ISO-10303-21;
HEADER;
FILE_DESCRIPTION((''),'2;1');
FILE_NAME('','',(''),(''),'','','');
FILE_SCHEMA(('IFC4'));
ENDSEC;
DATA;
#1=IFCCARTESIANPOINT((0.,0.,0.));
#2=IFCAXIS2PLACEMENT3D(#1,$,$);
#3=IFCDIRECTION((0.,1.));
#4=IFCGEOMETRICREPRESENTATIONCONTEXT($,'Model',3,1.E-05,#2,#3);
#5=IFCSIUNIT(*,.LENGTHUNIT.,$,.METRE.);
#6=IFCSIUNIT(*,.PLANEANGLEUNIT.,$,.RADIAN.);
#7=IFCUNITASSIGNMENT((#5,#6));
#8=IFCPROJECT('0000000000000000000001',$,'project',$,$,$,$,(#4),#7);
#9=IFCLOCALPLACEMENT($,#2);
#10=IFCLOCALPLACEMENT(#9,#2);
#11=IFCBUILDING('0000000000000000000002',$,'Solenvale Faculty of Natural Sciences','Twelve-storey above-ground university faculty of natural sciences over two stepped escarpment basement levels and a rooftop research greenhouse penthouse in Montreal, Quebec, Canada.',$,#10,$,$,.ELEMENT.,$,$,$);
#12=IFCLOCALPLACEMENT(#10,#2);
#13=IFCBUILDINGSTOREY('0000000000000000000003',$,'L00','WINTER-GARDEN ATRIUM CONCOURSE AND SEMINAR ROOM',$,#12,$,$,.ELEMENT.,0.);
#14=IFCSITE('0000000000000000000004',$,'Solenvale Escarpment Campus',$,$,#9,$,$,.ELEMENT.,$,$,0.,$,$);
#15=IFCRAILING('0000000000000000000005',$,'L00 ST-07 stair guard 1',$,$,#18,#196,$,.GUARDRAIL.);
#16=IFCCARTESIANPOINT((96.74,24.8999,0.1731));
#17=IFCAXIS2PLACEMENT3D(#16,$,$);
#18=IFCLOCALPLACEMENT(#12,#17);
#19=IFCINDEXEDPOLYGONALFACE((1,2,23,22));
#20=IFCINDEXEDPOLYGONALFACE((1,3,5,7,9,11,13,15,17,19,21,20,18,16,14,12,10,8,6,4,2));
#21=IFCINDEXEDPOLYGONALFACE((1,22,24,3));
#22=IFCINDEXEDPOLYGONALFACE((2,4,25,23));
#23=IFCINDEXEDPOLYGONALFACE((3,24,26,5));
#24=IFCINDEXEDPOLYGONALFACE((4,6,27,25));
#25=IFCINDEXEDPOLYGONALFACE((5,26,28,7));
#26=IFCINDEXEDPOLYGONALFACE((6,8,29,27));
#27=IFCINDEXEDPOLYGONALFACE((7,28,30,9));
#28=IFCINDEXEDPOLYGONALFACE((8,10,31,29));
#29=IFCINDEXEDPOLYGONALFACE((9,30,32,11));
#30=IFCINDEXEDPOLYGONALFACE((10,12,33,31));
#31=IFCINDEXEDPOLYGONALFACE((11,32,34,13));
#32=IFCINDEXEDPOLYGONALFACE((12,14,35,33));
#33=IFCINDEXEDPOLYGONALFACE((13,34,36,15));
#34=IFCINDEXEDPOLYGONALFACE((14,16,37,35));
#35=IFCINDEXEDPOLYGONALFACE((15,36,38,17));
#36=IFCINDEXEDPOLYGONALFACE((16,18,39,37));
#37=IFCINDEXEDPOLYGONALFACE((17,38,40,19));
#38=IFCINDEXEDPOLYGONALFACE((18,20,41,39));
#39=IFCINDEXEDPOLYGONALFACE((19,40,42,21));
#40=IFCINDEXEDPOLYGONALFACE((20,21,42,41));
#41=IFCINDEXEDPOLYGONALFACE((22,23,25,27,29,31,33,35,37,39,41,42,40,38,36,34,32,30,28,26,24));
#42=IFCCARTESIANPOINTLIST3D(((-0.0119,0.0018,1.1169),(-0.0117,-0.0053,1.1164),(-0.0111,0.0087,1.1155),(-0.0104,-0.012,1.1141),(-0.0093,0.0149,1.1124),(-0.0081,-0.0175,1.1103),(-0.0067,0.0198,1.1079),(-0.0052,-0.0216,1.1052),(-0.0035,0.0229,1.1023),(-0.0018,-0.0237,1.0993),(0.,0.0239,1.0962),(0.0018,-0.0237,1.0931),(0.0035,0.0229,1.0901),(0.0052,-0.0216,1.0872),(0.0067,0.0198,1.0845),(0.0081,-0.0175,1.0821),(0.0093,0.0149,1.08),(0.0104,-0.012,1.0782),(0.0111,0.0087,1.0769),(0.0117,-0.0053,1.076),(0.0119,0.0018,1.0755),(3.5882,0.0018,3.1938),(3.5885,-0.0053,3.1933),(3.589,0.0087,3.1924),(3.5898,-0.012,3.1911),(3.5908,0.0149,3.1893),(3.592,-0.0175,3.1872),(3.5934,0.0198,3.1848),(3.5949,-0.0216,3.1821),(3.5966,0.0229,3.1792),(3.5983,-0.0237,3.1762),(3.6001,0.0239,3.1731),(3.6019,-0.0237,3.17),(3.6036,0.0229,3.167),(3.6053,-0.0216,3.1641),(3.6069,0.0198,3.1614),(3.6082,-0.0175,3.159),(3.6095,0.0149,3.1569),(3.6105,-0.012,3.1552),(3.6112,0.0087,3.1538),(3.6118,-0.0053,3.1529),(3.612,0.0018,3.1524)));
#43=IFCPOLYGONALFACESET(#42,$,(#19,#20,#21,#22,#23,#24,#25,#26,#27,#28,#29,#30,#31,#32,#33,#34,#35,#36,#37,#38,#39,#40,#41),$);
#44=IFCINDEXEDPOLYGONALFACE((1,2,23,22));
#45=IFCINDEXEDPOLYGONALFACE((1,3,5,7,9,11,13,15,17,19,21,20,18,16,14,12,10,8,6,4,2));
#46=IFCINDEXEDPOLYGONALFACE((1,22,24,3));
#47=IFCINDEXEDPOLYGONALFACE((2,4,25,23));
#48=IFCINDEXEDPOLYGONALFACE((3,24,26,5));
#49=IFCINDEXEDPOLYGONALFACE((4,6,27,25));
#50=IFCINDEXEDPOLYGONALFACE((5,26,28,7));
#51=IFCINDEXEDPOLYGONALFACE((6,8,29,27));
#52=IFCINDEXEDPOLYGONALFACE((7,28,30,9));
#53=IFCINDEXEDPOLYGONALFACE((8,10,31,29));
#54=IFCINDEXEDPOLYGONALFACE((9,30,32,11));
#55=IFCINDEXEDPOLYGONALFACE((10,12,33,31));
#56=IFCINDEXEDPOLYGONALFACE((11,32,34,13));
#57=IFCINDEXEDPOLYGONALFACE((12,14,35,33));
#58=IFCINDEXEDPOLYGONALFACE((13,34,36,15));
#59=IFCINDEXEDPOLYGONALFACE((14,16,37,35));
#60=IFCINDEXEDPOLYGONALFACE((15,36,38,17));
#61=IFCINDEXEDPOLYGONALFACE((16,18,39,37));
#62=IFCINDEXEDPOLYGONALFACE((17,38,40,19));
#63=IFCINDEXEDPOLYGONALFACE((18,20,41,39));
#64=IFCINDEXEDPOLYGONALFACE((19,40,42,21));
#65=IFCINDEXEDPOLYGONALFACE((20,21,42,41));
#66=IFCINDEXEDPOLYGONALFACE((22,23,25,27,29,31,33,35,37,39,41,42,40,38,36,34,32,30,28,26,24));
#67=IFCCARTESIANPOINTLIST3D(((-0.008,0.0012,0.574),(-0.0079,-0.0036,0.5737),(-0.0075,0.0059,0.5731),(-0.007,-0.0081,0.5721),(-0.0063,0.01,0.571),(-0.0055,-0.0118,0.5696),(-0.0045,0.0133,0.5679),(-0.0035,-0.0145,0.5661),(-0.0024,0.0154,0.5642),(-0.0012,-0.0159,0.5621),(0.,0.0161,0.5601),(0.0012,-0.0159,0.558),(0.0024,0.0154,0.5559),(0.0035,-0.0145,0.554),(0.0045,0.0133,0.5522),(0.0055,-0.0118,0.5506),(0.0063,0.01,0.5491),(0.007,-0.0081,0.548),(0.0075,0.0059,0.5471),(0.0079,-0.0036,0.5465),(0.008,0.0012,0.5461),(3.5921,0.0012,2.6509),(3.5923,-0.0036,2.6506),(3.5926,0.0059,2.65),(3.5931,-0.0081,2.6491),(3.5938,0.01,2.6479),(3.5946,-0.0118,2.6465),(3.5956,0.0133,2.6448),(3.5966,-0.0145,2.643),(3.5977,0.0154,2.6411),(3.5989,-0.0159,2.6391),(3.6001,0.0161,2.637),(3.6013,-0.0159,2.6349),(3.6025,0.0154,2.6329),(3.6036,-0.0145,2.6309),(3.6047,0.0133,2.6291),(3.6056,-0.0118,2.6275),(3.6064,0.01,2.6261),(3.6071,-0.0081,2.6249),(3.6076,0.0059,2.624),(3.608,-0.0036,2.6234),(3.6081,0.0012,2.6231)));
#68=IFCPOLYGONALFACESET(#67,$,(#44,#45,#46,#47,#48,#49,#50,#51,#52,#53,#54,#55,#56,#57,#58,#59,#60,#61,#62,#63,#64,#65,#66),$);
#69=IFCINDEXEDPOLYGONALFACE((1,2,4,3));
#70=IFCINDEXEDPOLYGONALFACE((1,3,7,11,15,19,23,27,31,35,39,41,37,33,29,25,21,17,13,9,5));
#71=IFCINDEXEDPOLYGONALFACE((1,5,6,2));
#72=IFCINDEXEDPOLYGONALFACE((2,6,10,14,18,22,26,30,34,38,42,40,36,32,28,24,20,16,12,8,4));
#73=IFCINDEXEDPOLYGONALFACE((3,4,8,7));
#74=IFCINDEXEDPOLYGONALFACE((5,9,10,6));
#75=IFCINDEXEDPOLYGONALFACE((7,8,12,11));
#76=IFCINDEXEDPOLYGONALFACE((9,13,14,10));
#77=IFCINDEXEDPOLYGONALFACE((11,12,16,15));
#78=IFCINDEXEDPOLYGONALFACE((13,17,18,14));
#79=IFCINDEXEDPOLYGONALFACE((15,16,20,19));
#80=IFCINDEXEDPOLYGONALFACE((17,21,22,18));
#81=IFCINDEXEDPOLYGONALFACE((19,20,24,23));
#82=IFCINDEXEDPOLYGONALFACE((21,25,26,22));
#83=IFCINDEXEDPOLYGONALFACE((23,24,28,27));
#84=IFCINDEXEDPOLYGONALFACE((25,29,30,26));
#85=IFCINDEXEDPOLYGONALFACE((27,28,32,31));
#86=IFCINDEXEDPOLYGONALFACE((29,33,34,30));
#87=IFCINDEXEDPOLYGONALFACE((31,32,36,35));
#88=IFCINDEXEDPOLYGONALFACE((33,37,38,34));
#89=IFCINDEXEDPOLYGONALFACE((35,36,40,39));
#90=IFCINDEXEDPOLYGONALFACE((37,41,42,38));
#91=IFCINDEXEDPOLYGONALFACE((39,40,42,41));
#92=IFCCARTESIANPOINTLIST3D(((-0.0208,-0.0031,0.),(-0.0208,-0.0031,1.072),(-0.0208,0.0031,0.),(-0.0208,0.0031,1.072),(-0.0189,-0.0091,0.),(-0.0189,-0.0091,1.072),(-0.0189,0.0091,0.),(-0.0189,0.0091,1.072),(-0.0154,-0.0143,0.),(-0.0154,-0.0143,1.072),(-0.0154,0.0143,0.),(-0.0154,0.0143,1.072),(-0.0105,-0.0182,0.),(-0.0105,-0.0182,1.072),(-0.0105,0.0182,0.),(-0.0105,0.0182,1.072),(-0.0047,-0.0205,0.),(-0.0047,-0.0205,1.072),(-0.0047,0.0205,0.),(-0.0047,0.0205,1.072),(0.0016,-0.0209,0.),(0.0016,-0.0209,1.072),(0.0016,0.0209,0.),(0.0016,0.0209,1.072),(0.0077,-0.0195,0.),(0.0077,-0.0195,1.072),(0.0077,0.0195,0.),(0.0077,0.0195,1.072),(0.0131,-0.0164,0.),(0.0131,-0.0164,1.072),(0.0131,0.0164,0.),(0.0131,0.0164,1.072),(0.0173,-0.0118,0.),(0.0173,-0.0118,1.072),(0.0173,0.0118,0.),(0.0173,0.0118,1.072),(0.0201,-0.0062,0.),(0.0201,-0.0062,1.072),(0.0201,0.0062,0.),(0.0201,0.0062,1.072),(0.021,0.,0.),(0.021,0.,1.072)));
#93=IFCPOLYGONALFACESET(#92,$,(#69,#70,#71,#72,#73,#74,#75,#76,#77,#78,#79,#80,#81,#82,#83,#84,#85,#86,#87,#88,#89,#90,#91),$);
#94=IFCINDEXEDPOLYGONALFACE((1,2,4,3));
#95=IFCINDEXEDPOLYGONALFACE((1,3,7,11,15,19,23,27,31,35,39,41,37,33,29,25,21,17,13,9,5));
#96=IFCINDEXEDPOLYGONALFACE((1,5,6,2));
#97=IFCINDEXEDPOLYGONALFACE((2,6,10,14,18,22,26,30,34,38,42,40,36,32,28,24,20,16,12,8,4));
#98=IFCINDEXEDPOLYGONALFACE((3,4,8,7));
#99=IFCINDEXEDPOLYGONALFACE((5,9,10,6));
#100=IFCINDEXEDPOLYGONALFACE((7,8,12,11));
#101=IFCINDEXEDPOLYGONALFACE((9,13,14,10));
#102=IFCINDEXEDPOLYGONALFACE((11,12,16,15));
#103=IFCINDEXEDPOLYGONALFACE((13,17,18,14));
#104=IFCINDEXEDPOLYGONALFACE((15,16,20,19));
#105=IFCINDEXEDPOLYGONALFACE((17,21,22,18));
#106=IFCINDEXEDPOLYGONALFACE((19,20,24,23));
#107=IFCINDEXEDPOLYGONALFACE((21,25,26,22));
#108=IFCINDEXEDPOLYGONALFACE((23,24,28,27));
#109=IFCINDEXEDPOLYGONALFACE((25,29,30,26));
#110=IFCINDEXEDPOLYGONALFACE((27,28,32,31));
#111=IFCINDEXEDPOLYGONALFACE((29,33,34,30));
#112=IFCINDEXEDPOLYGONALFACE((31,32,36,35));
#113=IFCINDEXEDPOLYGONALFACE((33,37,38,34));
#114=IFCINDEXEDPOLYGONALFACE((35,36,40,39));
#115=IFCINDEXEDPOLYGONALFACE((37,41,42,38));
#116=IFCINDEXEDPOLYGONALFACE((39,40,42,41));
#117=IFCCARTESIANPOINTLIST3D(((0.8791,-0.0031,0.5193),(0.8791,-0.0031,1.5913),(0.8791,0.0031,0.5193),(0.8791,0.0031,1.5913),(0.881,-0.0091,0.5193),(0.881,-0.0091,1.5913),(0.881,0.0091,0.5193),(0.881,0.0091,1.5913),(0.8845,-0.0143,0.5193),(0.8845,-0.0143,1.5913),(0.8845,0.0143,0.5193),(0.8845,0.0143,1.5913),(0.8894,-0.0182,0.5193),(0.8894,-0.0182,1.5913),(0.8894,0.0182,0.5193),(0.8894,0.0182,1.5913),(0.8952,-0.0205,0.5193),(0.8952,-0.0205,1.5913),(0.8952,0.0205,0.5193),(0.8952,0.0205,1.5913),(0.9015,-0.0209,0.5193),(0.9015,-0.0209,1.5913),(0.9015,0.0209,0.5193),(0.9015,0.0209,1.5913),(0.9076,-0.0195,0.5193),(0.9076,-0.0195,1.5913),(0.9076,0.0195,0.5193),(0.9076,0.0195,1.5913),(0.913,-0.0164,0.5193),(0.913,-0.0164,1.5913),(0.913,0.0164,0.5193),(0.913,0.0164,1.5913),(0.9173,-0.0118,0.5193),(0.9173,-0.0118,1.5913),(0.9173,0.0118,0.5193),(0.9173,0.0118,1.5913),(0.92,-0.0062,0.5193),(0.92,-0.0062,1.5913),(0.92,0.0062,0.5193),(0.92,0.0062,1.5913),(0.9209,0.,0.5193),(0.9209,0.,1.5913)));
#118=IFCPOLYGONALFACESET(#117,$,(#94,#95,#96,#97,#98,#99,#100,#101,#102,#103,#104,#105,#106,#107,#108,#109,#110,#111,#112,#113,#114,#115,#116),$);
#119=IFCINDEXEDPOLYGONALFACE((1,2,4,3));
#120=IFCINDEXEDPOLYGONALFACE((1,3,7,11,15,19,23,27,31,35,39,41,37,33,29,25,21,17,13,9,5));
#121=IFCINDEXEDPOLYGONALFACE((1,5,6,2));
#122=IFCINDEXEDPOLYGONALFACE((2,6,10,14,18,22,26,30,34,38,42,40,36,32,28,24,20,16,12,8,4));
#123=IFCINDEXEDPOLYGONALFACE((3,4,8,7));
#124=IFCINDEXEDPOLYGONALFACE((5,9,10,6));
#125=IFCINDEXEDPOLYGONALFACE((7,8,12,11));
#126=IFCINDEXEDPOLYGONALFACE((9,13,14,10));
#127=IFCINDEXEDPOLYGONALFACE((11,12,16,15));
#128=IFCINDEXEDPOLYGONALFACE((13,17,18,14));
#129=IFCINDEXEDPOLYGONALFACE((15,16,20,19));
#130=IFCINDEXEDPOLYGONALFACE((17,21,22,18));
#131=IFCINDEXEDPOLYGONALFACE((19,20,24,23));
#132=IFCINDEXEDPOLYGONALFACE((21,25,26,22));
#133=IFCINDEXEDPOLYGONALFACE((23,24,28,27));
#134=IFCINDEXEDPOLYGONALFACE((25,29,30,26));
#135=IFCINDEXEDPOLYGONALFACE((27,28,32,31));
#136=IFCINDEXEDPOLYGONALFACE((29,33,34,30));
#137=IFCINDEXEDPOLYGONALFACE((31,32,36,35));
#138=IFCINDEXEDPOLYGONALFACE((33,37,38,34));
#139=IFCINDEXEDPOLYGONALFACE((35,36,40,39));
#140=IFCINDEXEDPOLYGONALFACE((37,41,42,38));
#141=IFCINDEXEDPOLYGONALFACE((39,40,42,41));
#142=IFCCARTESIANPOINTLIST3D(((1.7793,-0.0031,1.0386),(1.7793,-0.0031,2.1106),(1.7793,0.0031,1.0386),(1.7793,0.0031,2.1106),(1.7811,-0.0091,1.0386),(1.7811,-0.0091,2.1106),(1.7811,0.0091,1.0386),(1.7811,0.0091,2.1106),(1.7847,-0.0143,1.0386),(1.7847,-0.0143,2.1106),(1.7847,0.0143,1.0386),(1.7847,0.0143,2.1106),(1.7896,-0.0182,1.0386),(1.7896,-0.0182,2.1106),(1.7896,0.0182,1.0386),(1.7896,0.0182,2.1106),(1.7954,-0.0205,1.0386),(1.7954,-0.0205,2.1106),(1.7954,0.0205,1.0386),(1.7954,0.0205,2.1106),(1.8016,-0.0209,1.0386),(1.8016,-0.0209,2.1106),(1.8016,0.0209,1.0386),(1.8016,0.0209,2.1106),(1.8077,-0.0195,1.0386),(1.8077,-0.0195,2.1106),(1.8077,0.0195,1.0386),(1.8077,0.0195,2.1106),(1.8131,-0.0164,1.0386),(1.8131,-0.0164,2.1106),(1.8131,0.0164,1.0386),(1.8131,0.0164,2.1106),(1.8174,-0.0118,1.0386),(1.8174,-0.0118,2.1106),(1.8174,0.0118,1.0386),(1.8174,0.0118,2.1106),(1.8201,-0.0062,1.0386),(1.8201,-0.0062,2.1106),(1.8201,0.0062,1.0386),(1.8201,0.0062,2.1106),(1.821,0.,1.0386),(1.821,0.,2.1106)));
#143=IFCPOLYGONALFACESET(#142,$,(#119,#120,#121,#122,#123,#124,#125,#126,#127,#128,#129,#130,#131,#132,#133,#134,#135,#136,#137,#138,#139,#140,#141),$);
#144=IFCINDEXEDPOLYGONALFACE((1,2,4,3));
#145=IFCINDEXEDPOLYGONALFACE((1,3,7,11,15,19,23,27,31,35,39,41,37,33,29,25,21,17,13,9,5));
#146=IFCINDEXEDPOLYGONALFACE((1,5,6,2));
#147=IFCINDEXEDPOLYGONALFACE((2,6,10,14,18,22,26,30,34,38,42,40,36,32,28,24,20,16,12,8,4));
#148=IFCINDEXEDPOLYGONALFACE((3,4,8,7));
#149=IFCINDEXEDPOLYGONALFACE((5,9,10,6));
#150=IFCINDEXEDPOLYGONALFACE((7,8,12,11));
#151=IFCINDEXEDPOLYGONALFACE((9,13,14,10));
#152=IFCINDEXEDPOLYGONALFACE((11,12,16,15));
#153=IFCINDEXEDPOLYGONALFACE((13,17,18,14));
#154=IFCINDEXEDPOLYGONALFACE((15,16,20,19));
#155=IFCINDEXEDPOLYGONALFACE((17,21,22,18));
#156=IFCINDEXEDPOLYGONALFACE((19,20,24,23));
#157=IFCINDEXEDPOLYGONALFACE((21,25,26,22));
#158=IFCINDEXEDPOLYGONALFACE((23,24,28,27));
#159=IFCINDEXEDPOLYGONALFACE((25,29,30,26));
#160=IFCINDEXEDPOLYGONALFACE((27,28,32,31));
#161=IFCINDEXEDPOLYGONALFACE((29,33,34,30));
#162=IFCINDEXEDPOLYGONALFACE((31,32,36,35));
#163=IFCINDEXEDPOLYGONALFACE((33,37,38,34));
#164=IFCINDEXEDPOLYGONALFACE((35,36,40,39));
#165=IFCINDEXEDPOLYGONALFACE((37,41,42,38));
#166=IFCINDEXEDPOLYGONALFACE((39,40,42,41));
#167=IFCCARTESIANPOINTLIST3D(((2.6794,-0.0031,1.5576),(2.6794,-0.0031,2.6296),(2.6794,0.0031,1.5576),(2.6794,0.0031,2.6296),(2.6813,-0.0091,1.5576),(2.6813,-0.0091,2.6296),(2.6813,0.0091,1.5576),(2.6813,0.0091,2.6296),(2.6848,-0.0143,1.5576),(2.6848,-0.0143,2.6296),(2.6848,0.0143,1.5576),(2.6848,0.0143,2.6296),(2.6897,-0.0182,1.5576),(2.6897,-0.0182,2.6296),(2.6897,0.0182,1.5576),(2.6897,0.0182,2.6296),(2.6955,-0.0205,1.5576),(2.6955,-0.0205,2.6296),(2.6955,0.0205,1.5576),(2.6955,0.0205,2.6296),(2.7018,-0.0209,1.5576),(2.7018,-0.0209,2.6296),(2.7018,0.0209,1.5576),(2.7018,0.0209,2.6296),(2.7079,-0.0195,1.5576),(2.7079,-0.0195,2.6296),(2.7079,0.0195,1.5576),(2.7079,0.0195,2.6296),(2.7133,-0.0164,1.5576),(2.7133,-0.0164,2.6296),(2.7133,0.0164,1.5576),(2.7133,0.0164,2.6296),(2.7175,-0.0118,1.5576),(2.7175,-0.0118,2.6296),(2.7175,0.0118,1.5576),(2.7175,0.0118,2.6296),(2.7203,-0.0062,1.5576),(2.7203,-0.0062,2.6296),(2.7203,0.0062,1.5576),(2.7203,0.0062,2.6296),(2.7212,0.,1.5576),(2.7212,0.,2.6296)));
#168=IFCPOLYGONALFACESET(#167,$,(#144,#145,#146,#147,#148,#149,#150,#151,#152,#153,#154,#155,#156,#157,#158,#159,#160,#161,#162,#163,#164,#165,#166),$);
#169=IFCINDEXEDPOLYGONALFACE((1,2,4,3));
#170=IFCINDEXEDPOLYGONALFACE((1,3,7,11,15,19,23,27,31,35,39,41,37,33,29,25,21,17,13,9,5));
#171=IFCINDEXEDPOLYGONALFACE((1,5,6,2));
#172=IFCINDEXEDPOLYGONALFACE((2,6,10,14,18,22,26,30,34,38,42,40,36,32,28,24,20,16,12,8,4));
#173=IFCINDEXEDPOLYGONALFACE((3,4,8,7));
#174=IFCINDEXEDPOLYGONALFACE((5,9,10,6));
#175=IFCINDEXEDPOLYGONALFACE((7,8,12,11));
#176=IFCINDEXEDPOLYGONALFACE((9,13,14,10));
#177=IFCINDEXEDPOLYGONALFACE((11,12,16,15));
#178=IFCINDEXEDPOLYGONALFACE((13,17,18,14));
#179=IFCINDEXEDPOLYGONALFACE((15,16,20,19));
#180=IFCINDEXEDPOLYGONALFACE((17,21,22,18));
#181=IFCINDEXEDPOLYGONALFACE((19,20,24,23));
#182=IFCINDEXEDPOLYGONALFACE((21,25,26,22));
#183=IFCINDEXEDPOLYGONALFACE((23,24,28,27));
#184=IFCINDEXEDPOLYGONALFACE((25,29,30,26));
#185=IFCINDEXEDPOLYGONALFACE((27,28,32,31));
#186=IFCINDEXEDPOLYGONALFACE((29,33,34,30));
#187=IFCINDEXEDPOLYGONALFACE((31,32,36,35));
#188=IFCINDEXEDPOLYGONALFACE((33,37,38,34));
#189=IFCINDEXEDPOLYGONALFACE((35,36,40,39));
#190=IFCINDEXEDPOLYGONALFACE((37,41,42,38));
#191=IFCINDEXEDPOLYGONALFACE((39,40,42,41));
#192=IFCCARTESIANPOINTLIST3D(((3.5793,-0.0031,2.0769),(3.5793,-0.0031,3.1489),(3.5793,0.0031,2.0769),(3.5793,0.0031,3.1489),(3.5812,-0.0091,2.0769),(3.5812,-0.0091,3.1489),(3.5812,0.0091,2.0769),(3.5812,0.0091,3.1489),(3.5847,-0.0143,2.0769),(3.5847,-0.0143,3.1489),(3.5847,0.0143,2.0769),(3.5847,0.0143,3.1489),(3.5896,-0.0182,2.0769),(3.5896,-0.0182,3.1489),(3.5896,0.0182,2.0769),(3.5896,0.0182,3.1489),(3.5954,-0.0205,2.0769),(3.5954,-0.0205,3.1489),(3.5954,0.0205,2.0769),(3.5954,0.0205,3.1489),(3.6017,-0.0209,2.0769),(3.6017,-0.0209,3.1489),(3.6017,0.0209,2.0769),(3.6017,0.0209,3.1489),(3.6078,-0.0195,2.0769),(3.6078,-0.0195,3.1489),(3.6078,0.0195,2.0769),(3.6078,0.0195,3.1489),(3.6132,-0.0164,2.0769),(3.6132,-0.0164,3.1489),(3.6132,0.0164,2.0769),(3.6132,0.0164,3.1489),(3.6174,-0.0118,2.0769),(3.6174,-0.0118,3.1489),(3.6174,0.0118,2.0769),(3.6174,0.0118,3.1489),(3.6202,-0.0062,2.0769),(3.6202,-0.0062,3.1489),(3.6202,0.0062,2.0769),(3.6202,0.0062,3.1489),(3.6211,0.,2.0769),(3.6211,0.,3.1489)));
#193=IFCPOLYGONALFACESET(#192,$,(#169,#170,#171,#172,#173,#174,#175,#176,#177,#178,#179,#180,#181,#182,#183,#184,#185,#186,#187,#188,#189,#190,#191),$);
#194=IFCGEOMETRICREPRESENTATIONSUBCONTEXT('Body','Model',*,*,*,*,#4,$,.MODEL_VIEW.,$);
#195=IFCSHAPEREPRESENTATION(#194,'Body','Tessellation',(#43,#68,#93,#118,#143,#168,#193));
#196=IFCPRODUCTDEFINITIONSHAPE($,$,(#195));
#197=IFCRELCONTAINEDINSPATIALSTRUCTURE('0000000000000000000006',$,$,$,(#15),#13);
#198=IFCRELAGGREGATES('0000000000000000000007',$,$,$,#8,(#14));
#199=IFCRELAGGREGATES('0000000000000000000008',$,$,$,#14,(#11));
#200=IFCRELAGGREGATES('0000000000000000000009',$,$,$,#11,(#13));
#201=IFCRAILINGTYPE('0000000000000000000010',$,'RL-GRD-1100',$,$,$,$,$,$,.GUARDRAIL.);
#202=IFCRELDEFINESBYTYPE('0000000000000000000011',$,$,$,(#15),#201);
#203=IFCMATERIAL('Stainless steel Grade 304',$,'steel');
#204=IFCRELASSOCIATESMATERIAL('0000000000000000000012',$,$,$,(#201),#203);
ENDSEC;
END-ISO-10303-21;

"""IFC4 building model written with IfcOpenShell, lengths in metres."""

from ifc_helpers import new_model, si_unit, direction, frame, origin, origin_2d, place, context, subcontext, project, spatial, circle, extrude, material, type_object, element, save


model = new_model("IFC4")

# Units and contexts
model_context = context("Model", 3, precision=1e-05, world=origin(), true_north=direction((0.0, 1.0)))
body_context = subcontext(model_context, "Body", "Model", "MODEL_VIEW")
ifc_project = project(units=[si_unit("LENGTHUNIT", "METRE"), si_unit("PLANEANGLEUNIT", "RADIAN")], contexts=[model_context])

# Site, building, storey
site_placement = place(None, origin())
site = spatial("IfcSite", under=ifc_project, at=site_placement, Name="Solenvale Escarpment Campus", CompositionType="ELEMENT", RefElevation=0.0)
building_placement = place(site_placement, origin())
building = spatial("IfcBuilding", under=site, at=building_placement, Name="Solenvale Faculty of Natural Sciences", Description="Twelve-storey above-ground university faculty of natural sciences over two stepped escarpment basement levels and a rooftop research greenhouse penthouse in Montreal, Quebec, Canada.", CompositionType="ELEMENT")
storey_placement = place(building_placement, origin())
storey = spatial("IfcBuildingStorey", under=building, at=storey_placement, Name="L00", Description="WINTER-GARDEN ATRIUM CONCOURSE AND SEMINAR ROOM", CompositionType="ELEMENT", Elevation=0.0)

# Railing
ifc_material_1 = material(Name="Stainless steel Grade 304", Category="steel")
railing_type_1 = type_object("IfcRailingType", Name="RL-GRD-1100", PredefinedType="GUARDRAIL", material=ifc_material_1)
railing_1_placement = place(storey_placement, frame((96.74, 24.8999, 0.1731)))
element("IfcRailing", 1, at=railing_1_placement, inside=storey, type_object=railing_type_1, Name="L00 ST-07 stair guard 1", PredefinedType="GUARDRAIL", context=body_context, shape_type="SweptSolid", body=[
    extrude(circle(Radius=0.0239, at=origin_2d()), frame((0.0, 0.0, 1.0962), z_axis=(0.866193, 0.0, 0.499709), x_axis=(0.0, 1.0, 0.0)), (0.0, 0.0, 1.0), 4.1562),
    extrude(circle(Radius=0.0161, at=origin_2d()), frame((0.0, 0.0, 0.5601), z_axis=(0.866193, 0.0, 0.499709), x_axis=(0.0, 1.0, 0.0)), (0.0, 0.0, 1.0), 4.1562),
    extrude(circle(Radius=0.021, at=origin_2d()), origin(), (0.0, 0.0, 1.0), 1.072),
    extrude(circle(Radius=0.021, at=origin_2d()), frame((0.8999, 0.0, 0.5193)), (0.0, 0.0, 1.0), 1.072),
    extrude(circle(Radius=0.021, at=origin_2d()), frame((1.8, 0.0, 1.0386)), (0.0, 0.0, 1.0), 1.072),
    extrude(circle(Radius=0.021, at=origin_2d()), frame((2.7002, 0.0, 1.5576)), (0.0, 0.0, 1.0), 1.072),
    extrude(circle(Radius=0.021, at=origin_2d()), frame((3.6001, 0.0, 2.0769)), (0.0, 0.0, 1.0), 1.072),
])

save(model, "model.ifc")
